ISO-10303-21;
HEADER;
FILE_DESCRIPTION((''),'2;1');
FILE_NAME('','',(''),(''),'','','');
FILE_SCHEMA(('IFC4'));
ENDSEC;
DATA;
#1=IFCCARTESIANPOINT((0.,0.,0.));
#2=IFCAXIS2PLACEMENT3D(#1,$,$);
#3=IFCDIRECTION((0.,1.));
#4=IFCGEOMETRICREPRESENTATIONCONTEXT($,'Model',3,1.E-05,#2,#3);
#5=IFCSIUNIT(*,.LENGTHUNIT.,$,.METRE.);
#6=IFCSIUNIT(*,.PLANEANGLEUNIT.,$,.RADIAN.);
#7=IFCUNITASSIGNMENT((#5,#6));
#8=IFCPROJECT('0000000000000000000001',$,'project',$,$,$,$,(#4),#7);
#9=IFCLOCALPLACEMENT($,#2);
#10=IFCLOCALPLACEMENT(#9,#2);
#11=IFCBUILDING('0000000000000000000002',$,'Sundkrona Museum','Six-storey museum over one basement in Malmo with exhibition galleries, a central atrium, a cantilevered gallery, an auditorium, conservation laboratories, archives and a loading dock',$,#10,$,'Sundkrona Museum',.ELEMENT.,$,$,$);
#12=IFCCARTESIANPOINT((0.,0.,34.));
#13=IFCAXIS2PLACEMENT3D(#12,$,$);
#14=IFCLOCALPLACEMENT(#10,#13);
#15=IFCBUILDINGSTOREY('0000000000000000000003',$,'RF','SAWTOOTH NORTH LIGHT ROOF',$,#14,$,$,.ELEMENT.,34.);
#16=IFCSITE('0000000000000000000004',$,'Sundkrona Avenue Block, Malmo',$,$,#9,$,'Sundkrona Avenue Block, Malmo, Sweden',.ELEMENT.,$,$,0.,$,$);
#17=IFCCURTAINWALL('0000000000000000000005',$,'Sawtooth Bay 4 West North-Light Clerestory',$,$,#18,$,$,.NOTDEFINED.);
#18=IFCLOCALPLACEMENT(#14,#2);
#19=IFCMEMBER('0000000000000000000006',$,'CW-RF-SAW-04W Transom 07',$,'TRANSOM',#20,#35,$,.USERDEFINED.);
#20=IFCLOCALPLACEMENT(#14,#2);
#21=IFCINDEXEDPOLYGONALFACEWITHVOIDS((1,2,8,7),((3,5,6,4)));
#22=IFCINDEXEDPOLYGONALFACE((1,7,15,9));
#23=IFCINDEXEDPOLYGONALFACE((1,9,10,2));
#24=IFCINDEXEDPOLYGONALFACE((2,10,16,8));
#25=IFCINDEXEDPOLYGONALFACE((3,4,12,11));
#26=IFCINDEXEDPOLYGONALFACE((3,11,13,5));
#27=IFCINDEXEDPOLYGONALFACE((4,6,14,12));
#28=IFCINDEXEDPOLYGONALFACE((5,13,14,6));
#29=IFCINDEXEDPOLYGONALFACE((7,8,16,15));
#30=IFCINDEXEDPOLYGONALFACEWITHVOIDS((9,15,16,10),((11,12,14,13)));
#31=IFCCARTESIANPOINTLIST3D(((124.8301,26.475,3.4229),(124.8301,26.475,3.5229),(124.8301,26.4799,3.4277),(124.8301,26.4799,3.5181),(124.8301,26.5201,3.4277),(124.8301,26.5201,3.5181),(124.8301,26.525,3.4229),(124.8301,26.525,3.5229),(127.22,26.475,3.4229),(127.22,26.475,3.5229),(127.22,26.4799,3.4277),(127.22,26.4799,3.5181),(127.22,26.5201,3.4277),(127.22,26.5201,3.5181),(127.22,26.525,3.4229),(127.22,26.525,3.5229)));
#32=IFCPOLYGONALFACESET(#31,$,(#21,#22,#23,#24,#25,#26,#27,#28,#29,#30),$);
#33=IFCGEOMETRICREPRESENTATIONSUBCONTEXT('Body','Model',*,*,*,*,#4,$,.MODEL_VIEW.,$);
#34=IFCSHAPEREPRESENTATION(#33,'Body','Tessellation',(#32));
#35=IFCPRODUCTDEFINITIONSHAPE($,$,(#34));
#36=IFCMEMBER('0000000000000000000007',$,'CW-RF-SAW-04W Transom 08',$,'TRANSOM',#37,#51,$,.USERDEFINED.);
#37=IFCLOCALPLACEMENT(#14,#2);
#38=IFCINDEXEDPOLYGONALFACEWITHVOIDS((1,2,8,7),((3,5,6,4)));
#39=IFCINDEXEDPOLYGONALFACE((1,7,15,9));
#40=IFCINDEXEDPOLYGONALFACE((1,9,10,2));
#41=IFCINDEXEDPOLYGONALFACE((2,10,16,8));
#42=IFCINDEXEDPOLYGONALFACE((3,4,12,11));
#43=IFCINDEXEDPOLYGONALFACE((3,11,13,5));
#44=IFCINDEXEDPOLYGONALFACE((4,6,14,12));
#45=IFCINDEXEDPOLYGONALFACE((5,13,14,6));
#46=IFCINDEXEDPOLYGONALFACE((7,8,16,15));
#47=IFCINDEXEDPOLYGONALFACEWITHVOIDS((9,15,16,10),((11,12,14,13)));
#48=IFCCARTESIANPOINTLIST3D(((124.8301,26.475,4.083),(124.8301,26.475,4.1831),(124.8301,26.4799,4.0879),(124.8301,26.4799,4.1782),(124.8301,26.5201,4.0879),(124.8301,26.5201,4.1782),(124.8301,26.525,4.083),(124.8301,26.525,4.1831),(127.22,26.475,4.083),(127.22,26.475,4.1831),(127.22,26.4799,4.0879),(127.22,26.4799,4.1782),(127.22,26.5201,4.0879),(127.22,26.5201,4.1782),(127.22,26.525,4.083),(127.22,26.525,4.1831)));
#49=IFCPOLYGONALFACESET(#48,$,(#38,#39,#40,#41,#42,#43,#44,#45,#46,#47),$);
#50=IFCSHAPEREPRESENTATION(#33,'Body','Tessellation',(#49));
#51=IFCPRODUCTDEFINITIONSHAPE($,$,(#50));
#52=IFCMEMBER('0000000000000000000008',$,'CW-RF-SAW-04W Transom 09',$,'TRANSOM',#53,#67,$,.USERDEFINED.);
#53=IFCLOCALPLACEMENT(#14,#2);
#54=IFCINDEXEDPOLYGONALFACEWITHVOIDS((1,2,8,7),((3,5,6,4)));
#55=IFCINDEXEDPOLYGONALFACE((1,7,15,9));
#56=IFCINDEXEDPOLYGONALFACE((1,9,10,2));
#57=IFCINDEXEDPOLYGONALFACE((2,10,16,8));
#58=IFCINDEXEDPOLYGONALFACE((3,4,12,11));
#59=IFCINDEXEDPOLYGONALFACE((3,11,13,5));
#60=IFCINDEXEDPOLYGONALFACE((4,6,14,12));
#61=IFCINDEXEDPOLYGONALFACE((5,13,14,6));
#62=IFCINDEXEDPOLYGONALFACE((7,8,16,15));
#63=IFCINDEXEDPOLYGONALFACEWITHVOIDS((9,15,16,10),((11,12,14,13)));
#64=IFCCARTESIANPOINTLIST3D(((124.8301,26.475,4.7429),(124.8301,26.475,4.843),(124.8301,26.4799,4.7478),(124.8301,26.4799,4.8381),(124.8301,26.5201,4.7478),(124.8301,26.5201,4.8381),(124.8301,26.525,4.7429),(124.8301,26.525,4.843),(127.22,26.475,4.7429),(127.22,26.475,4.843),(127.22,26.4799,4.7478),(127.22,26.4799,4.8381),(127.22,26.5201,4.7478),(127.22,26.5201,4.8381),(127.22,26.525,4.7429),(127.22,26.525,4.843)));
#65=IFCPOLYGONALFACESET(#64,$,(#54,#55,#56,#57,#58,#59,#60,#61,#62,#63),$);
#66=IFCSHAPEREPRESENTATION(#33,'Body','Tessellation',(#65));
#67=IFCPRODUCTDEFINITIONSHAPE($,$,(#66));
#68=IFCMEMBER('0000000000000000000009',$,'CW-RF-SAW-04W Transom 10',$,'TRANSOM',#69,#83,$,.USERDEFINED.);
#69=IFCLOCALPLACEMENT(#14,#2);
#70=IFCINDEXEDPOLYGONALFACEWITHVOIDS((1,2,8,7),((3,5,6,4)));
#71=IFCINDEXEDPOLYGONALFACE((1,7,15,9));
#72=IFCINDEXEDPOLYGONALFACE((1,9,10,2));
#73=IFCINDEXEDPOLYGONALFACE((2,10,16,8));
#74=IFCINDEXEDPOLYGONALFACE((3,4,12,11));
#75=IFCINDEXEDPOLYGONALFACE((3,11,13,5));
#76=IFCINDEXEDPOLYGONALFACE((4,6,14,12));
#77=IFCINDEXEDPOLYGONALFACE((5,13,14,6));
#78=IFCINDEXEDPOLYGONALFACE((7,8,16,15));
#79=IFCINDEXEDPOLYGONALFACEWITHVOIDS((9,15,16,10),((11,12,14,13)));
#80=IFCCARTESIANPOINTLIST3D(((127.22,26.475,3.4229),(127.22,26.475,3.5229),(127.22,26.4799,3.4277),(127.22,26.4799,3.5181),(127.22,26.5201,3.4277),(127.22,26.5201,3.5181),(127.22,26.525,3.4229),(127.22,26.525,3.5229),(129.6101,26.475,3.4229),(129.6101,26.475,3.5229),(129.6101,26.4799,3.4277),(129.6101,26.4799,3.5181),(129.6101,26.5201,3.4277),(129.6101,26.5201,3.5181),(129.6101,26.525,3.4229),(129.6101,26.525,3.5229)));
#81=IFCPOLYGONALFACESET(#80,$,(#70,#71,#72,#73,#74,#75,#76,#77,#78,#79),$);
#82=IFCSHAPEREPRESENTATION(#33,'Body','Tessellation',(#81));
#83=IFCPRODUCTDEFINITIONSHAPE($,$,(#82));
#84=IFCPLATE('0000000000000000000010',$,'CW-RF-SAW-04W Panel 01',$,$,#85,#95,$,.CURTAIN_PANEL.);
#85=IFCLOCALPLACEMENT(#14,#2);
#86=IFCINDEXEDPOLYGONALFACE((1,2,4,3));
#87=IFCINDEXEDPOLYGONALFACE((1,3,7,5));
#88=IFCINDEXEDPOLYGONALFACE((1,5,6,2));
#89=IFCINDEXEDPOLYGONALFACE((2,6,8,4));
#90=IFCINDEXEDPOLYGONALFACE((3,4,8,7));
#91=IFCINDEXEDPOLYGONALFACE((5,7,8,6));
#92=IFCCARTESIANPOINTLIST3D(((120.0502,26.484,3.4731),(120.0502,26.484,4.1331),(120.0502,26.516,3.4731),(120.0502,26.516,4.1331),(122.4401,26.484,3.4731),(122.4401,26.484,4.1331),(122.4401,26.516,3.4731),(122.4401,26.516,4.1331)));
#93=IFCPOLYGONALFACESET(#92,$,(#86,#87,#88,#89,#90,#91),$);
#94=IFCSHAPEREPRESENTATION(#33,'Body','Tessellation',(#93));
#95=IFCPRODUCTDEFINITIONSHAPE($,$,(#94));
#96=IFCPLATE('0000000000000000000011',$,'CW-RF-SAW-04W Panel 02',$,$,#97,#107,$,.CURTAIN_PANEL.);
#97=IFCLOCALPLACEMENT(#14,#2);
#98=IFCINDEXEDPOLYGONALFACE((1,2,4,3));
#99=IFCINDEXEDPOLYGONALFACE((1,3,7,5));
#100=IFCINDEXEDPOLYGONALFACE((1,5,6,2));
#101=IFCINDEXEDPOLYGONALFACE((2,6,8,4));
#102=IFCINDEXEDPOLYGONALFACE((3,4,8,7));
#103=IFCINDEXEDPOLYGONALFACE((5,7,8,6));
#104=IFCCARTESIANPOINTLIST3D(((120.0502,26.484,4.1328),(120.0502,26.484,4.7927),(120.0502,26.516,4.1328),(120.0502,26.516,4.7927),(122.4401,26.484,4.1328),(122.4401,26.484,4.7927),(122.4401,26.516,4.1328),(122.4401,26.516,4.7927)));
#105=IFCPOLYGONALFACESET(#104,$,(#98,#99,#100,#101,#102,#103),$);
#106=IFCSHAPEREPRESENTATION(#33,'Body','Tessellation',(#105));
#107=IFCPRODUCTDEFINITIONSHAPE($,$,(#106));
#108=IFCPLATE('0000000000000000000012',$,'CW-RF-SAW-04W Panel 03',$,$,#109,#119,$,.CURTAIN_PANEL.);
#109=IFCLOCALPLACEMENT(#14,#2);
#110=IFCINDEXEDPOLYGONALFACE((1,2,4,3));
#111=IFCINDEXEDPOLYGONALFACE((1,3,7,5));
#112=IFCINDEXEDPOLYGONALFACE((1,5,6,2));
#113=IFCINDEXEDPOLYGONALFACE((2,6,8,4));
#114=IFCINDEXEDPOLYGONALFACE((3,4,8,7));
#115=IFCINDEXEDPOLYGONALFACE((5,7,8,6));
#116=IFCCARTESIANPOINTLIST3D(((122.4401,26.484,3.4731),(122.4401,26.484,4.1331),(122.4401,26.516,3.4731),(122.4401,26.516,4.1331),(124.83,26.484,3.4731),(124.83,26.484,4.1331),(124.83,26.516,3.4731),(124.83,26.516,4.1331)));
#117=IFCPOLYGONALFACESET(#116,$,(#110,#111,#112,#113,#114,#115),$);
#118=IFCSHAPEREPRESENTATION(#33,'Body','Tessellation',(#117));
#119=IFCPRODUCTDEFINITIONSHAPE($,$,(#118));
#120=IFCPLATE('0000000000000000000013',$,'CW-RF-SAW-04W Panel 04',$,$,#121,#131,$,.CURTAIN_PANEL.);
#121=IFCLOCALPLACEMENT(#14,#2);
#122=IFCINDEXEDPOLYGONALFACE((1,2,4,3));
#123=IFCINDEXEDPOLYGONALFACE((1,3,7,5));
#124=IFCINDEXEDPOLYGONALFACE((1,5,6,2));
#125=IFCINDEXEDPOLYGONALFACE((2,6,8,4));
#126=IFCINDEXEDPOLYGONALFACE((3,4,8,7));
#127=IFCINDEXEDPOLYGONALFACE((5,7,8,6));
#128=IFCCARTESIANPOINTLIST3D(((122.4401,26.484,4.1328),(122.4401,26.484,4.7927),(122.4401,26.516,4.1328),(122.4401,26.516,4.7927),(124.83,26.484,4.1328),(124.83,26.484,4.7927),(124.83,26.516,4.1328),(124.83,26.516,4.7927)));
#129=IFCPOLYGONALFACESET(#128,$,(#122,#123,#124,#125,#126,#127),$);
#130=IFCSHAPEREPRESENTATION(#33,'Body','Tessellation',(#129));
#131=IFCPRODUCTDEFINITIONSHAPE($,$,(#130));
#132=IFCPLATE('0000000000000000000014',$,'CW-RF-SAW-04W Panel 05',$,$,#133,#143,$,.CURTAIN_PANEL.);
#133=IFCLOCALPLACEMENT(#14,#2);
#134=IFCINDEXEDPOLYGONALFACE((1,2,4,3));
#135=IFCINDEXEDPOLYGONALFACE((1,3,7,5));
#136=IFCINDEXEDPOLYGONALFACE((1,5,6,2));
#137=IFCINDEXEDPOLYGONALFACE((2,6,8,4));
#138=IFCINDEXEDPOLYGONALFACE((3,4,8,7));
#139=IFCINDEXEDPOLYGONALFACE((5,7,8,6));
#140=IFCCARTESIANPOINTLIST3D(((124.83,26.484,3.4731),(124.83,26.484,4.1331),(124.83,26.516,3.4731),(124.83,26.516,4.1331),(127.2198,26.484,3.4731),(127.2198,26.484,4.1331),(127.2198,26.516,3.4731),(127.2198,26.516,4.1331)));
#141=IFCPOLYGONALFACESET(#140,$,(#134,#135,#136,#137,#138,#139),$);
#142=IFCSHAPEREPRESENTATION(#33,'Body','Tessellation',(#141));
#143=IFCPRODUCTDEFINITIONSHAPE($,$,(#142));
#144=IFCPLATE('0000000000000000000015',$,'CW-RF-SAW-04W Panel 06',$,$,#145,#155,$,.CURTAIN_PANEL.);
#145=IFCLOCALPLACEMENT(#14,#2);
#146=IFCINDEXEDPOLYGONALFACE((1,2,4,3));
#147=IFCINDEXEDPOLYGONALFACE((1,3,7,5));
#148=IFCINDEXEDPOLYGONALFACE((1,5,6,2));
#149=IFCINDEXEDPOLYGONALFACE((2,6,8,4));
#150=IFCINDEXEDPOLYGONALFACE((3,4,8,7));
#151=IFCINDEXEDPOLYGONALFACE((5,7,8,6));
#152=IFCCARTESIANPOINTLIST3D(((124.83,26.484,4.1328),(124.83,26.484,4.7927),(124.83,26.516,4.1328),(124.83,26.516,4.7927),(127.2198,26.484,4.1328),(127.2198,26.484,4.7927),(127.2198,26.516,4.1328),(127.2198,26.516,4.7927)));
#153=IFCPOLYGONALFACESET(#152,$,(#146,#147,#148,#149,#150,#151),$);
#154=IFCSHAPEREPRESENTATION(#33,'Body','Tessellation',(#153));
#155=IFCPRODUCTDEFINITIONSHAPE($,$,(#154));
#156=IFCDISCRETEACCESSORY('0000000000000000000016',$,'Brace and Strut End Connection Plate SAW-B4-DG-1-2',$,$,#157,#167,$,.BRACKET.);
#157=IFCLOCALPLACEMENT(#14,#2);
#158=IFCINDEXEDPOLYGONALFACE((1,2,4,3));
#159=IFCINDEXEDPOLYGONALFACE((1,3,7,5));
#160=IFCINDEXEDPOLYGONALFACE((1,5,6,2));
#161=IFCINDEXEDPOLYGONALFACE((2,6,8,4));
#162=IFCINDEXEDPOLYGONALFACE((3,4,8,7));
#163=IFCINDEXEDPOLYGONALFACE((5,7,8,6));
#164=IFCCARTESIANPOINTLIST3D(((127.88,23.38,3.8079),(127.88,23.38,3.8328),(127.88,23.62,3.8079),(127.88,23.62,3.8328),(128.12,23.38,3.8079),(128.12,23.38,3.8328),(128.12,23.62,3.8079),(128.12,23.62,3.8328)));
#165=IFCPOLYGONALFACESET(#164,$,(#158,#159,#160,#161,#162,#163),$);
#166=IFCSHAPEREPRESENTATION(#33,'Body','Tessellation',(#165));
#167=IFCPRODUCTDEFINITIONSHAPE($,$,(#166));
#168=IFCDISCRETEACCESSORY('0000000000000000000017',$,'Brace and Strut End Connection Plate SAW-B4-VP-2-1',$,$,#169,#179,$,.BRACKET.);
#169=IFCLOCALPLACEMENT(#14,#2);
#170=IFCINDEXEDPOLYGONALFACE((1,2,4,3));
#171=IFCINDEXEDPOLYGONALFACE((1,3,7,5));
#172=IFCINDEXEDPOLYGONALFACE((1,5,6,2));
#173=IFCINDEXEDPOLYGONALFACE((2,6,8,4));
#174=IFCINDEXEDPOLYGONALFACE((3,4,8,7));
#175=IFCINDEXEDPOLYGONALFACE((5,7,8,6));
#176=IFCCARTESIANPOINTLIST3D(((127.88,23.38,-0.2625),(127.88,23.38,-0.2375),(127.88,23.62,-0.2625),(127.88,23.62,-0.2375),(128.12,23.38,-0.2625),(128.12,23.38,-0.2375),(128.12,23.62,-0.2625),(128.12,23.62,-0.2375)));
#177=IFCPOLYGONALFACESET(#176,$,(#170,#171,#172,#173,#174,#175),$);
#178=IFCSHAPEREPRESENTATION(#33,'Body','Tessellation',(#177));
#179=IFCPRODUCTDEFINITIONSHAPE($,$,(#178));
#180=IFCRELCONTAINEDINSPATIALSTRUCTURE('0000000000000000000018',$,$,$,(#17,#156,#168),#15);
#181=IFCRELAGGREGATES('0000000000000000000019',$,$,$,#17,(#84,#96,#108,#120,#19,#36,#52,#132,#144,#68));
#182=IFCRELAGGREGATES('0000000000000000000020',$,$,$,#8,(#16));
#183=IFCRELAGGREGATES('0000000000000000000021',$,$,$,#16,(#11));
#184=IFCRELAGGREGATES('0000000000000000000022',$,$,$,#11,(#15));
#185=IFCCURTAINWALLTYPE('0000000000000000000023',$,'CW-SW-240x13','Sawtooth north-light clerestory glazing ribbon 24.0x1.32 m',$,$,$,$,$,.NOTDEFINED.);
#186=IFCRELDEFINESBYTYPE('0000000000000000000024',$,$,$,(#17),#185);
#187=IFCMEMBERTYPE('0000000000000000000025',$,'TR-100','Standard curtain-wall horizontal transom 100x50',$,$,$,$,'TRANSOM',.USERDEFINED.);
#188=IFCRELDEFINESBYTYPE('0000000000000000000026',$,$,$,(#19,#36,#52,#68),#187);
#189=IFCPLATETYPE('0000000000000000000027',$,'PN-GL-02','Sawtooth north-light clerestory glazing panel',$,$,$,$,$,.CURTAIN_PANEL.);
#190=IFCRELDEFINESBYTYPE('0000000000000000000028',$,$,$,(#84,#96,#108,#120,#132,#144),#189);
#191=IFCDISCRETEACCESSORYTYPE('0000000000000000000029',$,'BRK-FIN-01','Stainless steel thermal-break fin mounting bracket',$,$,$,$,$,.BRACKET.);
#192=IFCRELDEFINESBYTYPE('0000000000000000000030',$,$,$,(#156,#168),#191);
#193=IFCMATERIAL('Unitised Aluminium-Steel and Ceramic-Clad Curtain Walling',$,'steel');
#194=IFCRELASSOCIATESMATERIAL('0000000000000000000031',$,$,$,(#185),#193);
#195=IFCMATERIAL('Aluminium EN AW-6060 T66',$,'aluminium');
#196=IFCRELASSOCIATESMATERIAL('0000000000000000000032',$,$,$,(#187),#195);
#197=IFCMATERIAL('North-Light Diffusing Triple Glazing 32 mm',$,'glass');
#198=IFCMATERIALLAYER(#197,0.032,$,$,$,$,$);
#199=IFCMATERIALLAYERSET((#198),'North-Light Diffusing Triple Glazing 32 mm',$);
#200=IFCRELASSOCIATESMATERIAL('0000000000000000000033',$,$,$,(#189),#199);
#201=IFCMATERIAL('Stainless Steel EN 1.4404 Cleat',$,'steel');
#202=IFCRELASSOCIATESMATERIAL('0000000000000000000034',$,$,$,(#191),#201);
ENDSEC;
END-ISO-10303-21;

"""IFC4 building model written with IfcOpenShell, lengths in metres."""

from ifc_helpers import new_model, si_unit, direction, frame, origin, origin_2d, place, context, subcontext, project, spatial, rectangle, hollow_rectangle, extrude, material, layer, layer_set, material_profile, profile_set, type_object, element, aggregate, save


model = new_model("IFC4")

# Units and contexts
model_context = context("Model", 3, precision=1e-05, world=origin(), true_north=direction((0.0, 1.0)))
body_context = subcontext(model_context, "Body", "Model", "MODEL_VIEW")
ifc_project = project(units=[si_unit("LENGTHUNIT", "METRE"), si_unit("PLANEANGLEUNIT", "RADIAN")], contexts=[model_context])

# Site, building, storey
site_placement = place(None, origin())
site = spatial("IfcSite", under=ifc_project, at=site_placement, Name="Sundkrona Avenue Block, Malmo", LongName="Sundkrona Avenue Block, Malmo, Sweden", CompositionType="ELEMENT", RefElevation=0.0)
building_placement = place(site_placement, origin())
building = spatial("IfcBuilding", under=site, at=building_placement, Name="Sundkrona Museum", Description="Six-storey museum over one basement in Malmo with exhibition galleries, a central atrium, a cantilevered gallery, an auditorium, conservation laboratories, archives and a loading dock", LongName="Sundkrona Museum", CompositionType="ELEMENT")
storey_placement = place(building_placement, frame((0.0, 0.0, 34.0)))
storey = spatial("IfcBuildingStorey", under=building, at=storey_placement, Name="RF", Description="SAWTOOTH NORTH LIGHT ROOF", CompositionType="ELEMENT", Elevation=34.0)

# Curtain wall
ifc_material_1 = material(Name="Unitised Aluminium-Steel and Ceramic-Clad Curtain Walling", Category="steel")
curtain_wall_type = type_object("IfcCurtainWallType", Name="CW-SW-240x13", Description="Sawtooth north-light clerestory glazing ribbon 24.0x1.32 m", PredefinedType="NOTDEFINED", material=ifc_material_1)
curtain_wall_placement = place(storey_placement, origin())
curtain_wall = element("IfcCurtainWall", 1, at=curtain_wall_placement, inside=storey, type_object=curtain_wall_type, Name="Sawtooth Bay 4 West North-Light Clerestory", PredefinedType="NOTDEFINED")
ifc_material_2 = material(Name="Aluminium EN AW-6060 T66", Category="aluminium")

# Members
ifc_material_profile_1 = material_profile(ifc_material_2, hollow_rectangle(XDim=0.05, YDim=0.1001, WallThickness=0.0049, at=origin_2d()), Name="RHS 100x50x5.0")
ifc_profile_set_1 = profile_set([ifc_material_profile_1], Name="Aluminium EN AW-6060 T66")
member_type_1 = type_object("IfcMemberType", Name="TR-100", Description="Standard curtain-wall horizontal transom 100x50", ElementType="TRANSOM", PredefinedType="USERDEFINED", material=ifc_profile_set_1)
member_1_placement = place(storey_placement, frame((124.8301, 26.5, 3.4729), z_axis=(1.0, 0.0, 0.0), x_axis=(0.0, 1.0, 0.0)))
member_1 = element("IfcMember", 2, at=member_1_placement, type_object=member_type_1, Name="CW-RF-SAW-04W Transom 07", ObjectType="TRANSOM", PredefinedType="USERDEFINED", context=body_context, shape_type="SweptSolid", body=[
    extrude(hollow_rectangle(XDim=0.05, YDim=0.1001, WallThickness=0.0049, at=origin_2d()), origin(), (0.0, 0.0, 1.0), 2.3899),
])
member_2_placement = place(storey_placement, frame((124.8301, 26.5, 4.1331), z_axis=(1.0, 0.0, 0.0), x_axis=(0.0, 1.0, 0.0)))
member_2 = element("IfcMember", 3, at=member_2_placement, type_object=member_type_1, Name="CW-RF-SAW-04W Transom 08", ObjectType="TRANSOM", PredefinedType="USERDEFINED", context=body_context, shape_type="SweptSolid", body=[
    extrude(hollow_rectangle(XDim=0.05, YDim=0.1001, WallThickness=0.0049, at=origin_2d()), origin(), (0.0, 0.0, 1.0), 2.3899),
])
member_3_placement = place(storey_placement, frame((124.8301, 26.5, 4.793), z_axis=(1.0, 0.0, 0.0), x_axis=(0.0, 1.0, 0.0)))
member_3 = element("IfcMember", 4, at=member_3_placement, type_object=member_type_1, Name="CW-RF-SAW-04W Transom 09", ObjectType="TRANSOM", PredefinedType="USERDEFINED", context=body_context, shape_type="SweptSolid", body=[
    extrude(hollow_rectangle(XDim=0.05, YDim=0.1001, WallThickness=0.0049, at=origin_2d()), origin(), (0.0, 0.0, 1.0), 2.3899),
])
member_4_placement = place(storey_placement, frame((127.22, 26.5, 3.4729), z_axis=(1.0, 0.0, 0.0), x_axis=(0.0, 1.0, 0.0)))
member_4 = element("IfcMember", 5, at=member_4_placement, type_object=member_type_1, Name="CW-RF-SAW-04W Transom 10", ObjectType="TRANSOM", PredefinedType="USERDEFINED", context=body_context, shape_type="SweptSolid", body=[
    extrude(hollow_rectangle(XDim=0.05, YDim=0.1001, WallThickness=0.0049, at=origin_2d()), origin(), (0.0, 0.0, 1.0), 2.3901),
])

# Plates
ifc_material_3 = material(Name="North-Light Diffusing Triple Glazing 32 mm", Category="glass")
ifc_layer = layer(ifc_material_3, 0.032)
ifc_layer_set = layer_set([ifc_layer], Name="North-Light Diffusing Triple Glazing 32 mm")
plate_type = type_object("IfcPlateType", Name="PN-GL-02", Description="Sawtooth north-light clerestory glazing panel", PredefinedType="CURTAIN_PANEL", material=ifc_layer_set)
plate_1_placement = place(storey_placement, frame((121.2451, 26.5, 3.4731), z_axis=(0.0, 0.0, 1.0), x_axis=(1.0, 0.0, 0.0)))
plate_1 = element("IfcPlate", 6, at=plate_1_placement, type_object=plate_type, Name="CW-RF-SAW-04W Panel 01", PredefinedType="CURTAIN_PANEL", context=body_context, shape_type="SweptSolid", body=[
    extrude(rectangle(XDim=2.3899, YDim=0.032, at=origin_2d()), origin(), (0.0, 0.0, 1.0), 0.6599),
])
plate_2_placement = place(storey_placement, frame((121.2451, 26.5, 4.1328), z_axis=(0.0, 0.0, 1.0), x_axis=(1.0, 0.0, 0.0)))
plate_2 = element("IfcPlate", 7, at=plate_2_placement, type_object=plate_type, Name="CW-RF-SAW-04W Panel 02", PredefinedType="CURTAIN_PANEL", context=body_context, shape_type="SweptSolid", body=[
    extrude(rectangle(XDim=2.3899, YDim=0.032, at=origin_2d()), origin(), (0.0, 0.0, 1.0), 0.6599),
])
plate_3_placement = place(storey_placement, frame((123.635, 26.5, 3.4731), z_axis=(0.0, 0.0, 1.0), x_axis=(1.0, 0.0, 0.0)))
plate_3 = element("IfcPlate", 8, at=plate_3_placement, type_object=plate_type, Name="CW-RF-SAW-04W Panel 03", PredefinedType="CURTAIN_PANEL", context=body_context, shape_type="SweptSolid", body=[
    extrude(rectangle(XDim=2.3899, YDim=0.032, at=origin_2d()), origin(), (0.0, 0.0, 1.0), 0.6599),
])
plate_4_placement = place(storey_placement, frame((123.635, 26.5, 4.1328), z_axis=(0.0, 0.0, 1.0), x_axis=(1.0, 0.0, 0.0)))
plate_4 = element("IfcPlate", 9, at=plate_4_placement, type_object=plate_type, Name="CW-RF-SAW-04W Panel 04", PredefinedType="CURTAIN_PANEL", context=body_context, shape_type="SweptSolid", body=[
    extrude(rectangle(XDim=2.3899, YDim=0.032, at=origin_2d()), origin(), (0.0, 0.0, 1.0), 0.6599),
])
plate_5_placement = place(storey_placement, frame((126.0249, 26.5, 3.4731), z_axis=(0.0, 0.0, 1.0), x_axis=(1.0, 0.0, 0.0)))
plate_5 = element("IfcPlate", 10, at=plate_5_placement, type_object=plate_type, Name="CW-RF-SAW-04W Panel 05", PredefinedType="CURTAIN_PANEL", context=body_context, shape_type="SweptSolid", body=[
    extrude(rectangle(XDim=2.3899, YDim=0.032, at=origin_2d()), origin(), (0.0, 0.0, 1.0), 0.6599),
])
plate_6_placement = place(storey_placement, frame((126.0249, 26.5, 4.1328), z_axis=(0.0, 0.0, 1.0), x_axis=(1.0, 0.0, 0.0)))
plate_6 = element("IfcPlate", 11, at=plate_6_placement, type_object=plate_type, Name="CW-RF-SAW-04W Panel 06", PredefinedType="CURTAIN_PANEL", context=body_context, shape_type="SweptSolid", body=[
    extrude(rectangle(XDim=2.3899, YDim=0.032, at=origin_2d()), origin(), (0.0, 0.0, 1.0), 0.6599),
])
aggregate(curtain_wall, [plate_1, plate_2, plate_3, plate_4, member_1, member_2, member_3, plate_5, plate_6, member_4])

# Discrete accessories
ifc_material_4 = material(Name="Stainless Steel EN 1.4404 Cleat", Category="steel")
discrete_accessory_type = type_object("IfcDiscreteAccessoryType", Name="BRK-FIN-01", Description="Stainless steel thermal-break fin mounting bracket", PredefinedType="BRACKET", material=ifc_material_4)
for number, where, z_axis, x_axis, name in (
    (12, (128.0, 23.5, 3.8079), (0.0, 0.0, 1.0), (1.0, 0.0, 0.0), "Brace and Strut End Connection Plate SAW-B4-DG-1-2"),
    (13, (128.0, 23.5, -0.2625), (0.0, 0.0, 1.0), (1.0, 0.0, 0.0), "Brace and Strut End Connection Plate SAW-B4-VP-2-1"),
):
    element("IfcDiscreteAccessory", number, at=place(storey_placement, frame(where, z_axis=z_axis, x_axis=x_axis)), inside=storey, type_object=discrete_accessory_type, Name=name, PredefinedType="BRACKET", context=body_context, shape_type="SweptSolid", body=[
        extrude(rectangle(XDim=0.24, YDim=0.24, at=origin_2d()), origin(), (0.0, 0.0, 1.0), 0.0249),
    ])

save(model, "model.ifc")
